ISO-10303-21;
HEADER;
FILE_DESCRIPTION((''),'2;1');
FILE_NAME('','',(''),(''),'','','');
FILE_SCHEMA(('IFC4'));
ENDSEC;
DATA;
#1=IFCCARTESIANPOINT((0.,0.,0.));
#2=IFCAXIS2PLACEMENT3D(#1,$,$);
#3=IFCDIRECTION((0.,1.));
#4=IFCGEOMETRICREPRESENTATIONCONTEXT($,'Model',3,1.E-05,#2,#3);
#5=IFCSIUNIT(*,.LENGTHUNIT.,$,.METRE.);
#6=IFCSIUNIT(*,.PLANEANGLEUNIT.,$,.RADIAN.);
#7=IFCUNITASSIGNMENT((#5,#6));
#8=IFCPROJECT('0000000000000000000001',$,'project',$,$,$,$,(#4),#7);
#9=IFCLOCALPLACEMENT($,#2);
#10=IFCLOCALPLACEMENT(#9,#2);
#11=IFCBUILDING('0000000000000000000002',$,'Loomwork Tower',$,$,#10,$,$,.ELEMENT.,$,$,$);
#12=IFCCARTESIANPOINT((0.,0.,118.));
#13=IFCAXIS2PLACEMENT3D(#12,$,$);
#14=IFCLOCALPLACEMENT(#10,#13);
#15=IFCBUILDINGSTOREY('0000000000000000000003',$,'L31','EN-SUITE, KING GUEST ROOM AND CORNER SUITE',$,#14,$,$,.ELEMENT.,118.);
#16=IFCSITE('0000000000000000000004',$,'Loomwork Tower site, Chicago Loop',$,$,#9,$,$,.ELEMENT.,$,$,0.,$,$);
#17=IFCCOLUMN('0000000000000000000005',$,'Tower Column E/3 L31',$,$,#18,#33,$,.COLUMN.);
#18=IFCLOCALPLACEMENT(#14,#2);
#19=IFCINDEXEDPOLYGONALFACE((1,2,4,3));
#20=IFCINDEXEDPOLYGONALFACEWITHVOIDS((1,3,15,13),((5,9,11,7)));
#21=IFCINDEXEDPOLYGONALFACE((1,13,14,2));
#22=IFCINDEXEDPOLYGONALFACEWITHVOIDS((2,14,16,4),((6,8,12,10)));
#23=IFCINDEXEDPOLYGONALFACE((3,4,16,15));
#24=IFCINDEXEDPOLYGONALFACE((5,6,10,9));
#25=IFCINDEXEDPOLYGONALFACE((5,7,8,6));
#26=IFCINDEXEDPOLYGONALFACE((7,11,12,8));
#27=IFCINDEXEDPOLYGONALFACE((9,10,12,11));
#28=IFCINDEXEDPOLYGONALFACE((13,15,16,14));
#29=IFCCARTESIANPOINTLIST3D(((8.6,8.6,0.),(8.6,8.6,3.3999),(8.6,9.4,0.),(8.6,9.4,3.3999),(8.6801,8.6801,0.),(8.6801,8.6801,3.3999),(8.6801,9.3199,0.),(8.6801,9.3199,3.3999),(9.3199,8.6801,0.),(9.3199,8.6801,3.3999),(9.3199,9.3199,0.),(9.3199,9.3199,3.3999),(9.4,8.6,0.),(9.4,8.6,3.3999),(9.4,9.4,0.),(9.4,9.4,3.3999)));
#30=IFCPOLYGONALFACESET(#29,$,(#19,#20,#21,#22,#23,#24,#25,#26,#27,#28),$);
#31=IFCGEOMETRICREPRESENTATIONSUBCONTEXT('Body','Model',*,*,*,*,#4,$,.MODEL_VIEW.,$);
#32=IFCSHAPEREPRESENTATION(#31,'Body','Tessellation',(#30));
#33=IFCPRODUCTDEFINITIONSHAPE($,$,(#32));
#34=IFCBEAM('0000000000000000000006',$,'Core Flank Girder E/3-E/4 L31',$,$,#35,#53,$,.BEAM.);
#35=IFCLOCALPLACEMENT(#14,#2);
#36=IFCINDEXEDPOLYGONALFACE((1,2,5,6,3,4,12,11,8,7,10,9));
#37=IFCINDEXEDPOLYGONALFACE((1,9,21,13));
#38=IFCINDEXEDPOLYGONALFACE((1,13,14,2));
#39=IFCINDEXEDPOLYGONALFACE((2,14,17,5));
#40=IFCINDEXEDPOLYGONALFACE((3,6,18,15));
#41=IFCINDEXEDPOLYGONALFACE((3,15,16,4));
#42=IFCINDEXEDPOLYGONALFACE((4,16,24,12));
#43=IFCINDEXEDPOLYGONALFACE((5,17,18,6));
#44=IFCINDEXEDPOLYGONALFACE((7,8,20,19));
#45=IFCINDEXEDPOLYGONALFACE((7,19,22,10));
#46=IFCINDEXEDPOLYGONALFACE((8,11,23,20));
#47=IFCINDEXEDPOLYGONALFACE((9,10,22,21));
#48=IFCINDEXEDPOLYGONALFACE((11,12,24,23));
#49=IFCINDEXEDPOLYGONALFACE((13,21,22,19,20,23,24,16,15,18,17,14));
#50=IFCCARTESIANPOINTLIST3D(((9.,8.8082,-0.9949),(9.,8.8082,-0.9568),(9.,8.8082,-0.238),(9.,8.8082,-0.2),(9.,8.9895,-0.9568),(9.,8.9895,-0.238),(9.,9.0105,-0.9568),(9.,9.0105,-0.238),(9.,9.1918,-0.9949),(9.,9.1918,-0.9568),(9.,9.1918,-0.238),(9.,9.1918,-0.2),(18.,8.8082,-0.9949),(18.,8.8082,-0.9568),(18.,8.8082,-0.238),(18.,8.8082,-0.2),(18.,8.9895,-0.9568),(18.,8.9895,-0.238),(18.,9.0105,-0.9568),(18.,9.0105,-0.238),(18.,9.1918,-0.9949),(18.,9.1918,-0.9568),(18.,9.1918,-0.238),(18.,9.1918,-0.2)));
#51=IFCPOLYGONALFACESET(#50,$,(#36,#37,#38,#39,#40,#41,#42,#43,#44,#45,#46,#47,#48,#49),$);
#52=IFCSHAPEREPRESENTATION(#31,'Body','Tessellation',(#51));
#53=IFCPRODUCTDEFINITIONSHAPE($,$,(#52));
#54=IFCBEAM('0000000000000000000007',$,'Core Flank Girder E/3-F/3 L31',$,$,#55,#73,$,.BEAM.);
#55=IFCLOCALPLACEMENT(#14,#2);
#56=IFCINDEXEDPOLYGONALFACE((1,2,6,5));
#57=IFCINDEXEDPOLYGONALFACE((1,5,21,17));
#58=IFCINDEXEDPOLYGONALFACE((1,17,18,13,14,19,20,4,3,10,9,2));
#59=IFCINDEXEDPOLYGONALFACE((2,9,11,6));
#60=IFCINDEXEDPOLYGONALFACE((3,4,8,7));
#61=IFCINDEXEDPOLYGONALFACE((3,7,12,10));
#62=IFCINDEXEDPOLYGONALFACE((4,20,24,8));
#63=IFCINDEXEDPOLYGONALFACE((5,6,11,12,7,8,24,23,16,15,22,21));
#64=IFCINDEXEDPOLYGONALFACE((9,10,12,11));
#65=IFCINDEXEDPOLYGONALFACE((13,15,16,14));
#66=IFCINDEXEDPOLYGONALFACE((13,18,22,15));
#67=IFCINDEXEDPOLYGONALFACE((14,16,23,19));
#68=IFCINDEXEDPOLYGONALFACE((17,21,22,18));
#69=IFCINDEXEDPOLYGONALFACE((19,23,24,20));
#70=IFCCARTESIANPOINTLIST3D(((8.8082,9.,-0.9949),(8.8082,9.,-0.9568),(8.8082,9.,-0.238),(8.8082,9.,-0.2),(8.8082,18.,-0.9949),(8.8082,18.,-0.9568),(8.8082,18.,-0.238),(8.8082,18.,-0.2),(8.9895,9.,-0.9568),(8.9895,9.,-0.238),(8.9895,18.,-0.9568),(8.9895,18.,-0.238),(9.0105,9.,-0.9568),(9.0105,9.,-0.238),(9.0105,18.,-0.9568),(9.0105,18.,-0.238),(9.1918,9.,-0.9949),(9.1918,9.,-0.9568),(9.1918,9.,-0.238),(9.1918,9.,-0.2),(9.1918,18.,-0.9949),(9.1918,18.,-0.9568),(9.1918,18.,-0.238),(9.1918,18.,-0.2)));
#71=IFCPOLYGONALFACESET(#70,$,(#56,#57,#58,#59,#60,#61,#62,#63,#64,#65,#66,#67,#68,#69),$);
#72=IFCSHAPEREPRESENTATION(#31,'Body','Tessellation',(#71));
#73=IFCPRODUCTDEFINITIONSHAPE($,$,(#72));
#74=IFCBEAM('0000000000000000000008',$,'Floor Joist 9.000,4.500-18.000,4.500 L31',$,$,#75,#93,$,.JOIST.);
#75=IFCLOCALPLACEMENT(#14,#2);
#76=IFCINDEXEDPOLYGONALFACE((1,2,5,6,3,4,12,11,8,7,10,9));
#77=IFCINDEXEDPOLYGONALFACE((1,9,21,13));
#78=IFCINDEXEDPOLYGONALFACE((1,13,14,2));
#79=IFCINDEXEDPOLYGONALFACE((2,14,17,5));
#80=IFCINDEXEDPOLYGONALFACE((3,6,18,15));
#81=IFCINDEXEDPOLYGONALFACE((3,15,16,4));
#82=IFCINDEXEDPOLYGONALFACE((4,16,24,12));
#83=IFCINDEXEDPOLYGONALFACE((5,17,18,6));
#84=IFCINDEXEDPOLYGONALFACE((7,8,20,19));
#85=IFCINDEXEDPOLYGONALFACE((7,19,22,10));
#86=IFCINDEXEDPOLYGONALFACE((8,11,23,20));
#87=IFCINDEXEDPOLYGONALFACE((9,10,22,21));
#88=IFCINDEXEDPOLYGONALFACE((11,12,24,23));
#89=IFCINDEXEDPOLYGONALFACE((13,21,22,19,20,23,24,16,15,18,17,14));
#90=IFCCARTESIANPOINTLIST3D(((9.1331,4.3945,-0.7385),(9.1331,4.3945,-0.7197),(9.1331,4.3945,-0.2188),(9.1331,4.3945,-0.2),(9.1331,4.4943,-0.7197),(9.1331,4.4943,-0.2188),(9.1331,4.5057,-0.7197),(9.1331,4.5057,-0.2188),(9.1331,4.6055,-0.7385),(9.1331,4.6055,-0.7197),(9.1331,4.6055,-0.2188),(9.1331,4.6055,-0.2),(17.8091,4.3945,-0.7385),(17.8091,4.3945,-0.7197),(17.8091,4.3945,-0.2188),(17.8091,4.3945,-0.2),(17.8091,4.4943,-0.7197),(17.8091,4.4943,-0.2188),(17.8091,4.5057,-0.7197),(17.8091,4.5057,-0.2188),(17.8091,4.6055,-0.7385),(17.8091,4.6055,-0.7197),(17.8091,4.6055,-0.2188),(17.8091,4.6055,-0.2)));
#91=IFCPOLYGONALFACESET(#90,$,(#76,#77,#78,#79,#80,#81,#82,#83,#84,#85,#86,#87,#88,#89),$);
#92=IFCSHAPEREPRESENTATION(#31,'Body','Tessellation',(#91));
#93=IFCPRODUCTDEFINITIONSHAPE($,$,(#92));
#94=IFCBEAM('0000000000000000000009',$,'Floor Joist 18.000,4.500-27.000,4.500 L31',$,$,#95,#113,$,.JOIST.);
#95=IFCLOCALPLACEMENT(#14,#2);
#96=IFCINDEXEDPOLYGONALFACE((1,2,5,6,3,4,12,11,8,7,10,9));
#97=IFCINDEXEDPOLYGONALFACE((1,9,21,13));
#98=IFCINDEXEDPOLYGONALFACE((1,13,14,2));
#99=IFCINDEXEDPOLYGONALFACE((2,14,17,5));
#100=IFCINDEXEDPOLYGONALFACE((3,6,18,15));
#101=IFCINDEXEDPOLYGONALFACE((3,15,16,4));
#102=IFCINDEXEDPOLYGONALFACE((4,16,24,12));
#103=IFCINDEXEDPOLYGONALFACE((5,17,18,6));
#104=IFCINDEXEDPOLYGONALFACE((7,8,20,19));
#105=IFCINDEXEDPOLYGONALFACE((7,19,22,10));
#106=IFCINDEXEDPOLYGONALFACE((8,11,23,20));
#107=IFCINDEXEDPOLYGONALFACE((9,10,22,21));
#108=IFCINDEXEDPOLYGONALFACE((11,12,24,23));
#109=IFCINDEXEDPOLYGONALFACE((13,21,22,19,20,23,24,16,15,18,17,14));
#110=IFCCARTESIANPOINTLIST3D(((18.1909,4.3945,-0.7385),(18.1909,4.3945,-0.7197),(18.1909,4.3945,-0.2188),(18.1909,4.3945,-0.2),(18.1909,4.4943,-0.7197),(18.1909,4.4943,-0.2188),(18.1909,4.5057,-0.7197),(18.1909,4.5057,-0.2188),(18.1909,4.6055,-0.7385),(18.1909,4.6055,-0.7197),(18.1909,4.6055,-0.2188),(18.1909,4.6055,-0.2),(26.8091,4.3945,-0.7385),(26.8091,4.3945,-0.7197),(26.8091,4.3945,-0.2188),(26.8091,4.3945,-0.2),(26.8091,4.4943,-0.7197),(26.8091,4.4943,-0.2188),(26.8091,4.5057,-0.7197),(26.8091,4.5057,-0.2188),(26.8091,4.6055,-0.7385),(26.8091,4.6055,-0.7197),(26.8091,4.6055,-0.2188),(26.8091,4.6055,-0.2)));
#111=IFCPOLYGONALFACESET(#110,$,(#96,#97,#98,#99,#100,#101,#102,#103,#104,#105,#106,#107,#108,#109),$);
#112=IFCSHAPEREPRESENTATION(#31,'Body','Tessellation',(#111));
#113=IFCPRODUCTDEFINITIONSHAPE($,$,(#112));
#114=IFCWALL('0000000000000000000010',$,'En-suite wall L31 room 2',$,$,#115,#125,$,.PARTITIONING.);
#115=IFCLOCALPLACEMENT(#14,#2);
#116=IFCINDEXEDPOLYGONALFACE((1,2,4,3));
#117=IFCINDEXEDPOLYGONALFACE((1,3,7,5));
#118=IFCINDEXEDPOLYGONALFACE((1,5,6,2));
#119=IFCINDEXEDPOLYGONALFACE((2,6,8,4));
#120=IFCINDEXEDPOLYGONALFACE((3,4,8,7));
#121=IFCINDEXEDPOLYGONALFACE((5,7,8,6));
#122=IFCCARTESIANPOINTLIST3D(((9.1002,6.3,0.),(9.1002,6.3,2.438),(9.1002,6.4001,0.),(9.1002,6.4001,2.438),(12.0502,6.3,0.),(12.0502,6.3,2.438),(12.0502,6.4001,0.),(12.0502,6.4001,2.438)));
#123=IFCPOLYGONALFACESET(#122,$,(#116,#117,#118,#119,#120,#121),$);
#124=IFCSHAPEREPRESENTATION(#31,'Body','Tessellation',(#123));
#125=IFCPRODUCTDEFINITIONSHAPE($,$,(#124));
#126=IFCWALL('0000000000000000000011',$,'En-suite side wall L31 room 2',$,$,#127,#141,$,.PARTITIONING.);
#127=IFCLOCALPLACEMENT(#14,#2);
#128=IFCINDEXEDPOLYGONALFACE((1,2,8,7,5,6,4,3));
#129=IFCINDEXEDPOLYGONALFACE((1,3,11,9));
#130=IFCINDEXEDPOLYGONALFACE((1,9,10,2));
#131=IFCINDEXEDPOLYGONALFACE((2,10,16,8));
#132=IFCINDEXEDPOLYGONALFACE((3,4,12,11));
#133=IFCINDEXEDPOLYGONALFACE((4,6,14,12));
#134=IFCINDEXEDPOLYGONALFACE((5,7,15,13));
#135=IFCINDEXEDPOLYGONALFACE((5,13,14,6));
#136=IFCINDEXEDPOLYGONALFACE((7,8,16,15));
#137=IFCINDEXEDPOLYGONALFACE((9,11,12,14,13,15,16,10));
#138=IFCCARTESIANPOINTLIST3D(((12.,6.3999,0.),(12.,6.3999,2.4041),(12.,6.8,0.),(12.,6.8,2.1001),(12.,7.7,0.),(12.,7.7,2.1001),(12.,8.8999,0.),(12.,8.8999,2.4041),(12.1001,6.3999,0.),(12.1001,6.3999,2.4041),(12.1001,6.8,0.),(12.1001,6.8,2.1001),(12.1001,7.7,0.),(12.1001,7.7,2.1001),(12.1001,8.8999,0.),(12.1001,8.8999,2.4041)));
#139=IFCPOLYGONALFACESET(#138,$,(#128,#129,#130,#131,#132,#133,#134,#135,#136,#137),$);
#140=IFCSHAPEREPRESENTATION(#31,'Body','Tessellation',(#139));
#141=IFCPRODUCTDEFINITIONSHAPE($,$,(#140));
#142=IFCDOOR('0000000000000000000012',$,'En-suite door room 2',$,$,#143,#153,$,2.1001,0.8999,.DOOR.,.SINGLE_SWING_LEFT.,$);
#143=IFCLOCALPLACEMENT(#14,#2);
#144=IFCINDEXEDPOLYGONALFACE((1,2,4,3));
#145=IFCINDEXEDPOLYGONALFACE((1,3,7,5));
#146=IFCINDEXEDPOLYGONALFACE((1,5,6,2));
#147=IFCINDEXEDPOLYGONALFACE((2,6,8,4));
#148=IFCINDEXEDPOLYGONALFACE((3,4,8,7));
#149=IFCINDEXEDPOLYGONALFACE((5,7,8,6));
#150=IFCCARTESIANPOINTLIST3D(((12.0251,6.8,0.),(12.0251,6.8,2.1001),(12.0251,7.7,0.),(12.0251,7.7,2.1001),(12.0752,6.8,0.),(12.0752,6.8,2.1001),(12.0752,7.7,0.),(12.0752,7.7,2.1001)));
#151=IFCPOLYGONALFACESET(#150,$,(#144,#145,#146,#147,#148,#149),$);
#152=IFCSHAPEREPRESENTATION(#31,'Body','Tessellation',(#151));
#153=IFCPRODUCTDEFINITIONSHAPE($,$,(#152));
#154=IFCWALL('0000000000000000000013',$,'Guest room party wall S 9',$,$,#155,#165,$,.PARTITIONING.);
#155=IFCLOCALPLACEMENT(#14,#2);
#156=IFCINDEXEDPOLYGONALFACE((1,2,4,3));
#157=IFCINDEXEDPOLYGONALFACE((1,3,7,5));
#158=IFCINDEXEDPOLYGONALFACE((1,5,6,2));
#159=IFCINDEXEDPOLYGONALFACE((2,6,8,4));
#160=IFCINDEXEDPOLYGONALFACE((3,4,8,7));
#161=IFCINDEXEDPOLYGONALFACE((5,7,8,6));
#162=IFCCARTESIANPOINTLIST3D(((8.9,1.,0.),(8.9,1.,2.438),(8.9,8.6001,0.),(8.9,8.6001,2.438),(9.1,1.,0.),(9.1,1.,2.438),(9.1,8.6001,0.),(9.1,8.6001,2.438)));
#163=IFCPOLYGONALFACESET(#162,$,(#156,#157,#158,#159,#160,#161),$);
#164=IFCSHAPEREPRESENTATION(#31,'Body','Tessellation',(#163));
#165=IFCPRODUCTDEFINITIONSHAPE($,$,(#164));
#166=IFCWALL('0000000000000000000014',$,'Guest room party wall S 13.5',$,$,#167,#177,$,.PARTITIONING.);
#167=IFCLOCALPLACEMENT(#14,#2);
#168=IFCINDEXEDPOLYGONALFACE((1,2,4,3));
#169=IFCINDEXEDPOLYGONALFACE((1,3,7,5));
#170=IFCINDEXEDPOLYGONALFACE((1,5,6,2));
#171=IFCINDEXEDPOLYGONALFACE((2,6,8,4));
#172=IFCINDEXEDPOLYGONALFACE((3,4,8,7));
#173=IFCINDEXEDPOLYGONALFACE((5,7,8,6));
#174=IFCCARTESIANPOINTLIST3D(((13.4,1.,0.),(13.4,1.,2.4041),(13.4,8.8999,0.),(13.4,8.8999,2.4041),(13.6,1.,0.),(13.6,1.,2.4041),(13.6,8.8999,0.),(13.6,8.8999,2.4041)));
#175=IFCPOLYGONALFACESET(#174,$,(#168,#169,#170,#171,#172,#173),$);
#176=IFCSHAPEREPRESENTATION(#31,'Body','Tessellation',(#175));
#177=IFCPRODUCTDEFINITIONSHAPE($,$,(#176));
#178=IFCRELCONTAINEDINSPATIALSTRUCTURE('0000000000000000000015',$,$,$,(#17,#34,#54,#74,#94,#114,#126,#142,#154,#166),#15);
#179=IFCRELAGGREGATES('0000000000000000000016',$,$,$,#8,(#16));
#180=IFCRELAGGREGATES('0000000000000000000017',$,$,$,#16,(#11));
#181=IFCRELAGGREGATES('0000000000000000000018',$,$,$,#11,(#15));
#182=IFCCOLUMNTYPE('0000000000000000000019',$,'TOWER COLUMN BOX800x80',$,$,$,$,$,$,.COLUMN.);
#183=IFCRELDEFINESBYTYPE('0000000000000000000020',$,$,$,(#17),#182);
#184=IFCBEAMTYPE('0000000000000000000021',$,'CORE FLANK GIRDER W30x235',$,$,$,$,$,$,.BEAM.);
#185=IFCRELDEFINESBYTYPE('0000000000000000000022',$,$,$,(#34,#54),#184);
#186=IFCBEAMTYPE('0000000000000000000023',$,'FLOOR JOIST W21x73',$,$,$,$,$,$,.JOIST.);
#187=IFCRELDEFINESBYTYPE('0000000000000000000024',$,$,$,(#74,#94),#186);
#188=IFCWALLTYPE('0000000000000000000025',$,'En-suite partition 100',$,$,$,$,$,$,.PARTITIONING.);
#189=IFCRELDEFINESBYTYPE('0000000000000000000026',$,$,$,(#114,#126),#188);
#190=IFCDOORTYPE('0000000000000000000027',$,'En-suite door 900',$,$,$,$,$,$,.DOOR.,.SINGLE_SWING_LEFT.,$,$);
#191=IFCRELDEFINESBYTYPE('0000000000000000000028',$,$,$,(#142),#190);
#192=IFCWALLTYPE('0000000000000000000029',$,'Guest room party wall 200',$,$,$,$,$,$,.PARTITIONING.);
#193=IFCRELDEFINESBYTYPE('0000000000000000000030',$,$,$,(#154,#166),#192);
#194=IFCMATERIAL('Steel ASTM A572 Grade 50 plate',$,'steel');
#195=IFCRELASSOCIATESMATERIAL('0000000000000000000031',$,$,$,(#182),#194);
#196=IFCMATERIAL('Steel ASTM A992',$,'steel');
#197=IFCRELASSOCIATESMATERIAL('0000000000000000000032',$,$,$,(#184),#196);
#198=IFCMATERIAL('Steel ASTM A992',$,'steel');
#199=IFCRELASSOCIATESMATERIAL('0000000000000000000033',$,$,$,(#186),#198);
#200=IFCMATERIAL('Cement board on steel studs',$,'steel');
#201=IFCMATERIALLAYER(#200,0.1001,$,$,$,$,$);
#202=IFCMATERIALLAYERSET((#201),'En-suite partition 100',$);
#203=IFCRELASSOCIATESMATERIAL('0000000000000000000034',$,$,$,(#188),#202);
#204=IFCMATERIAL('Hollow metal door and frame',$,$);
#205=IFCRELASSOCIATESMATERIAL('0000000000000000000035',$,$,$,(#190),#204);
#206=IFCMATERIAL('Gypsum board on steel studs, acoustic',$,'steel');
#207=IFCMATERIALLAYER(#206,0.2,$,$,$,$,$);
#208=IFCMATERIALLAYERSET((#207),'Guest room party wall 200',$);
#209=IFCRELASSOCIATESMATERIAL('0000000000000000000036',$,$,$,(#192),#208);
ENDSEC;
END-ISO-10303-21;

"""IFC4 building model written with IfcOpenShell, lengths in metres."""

from ifc_helpers import new_model, si_unit, direction, frame, frame_2d, origin, origin_2d, place, context, subcontext, project, spatial, rectangle, hollow_rectangle, i_section, extrude, material, layer, layer_set, material_profile, profile_set, type_object, element, fill, save


model = new_model("IFC4")

# Units and contexts
model_context = context("Model", 3, precision=1e-05, world=origin(), true_north=direction((0.0, 1.0)))
body_context = subcontext(model_context, "Body", "Model", "MODEL_VIEW")
ifc_project = project(units=[si_unit("LENGTHUNIT", "METRE"), si_unit("PLANEANGLEUNIT", "RADIAN")], contexts=[model_context])

# Site, building, storey
site_placement = place(None, origin())
site = spatial("IfcSite", under=ifc_project, at=site_placement, Name="Loomwork Tower site, Chicago Loop", CompositionType="ELEMENT", RefElevation=0.0)
building_placement = place(site_placement, origin())
building = spatial("IfcBuilding", under=site, at=building_placement, Name="Loomwork Tower", CompositionType="ELEMENT")
storey_placement = place(building_placement, frame((0.0, 0.0, 118.0)))
storey = spatial("IfcBuildingStorey", under=building, at=storey_placement, Name="L31", Description="EN-SUITE, KING GUEST ROOM AND CORNER SUITE", CompositionType="ELEMENT", Elevation=118.0)

# Column
ifc_material_1 = material(Name="Steel ASTM A572 Grade 50 plate", Category="steel")
ifc_material_profile_1 = material_profile(ifc_material_1, hollow_rectangle(XDim=0.8, YDim=0.8, WallThickness=0.0801, at=origin_2d()), Name="BOX800x80")
ifc_profile_set_1 = profile_set([ifc_material_profile_1], Name="Steel ASTM A572 Grade 50 plate")
column_type = type_object("IfcColumnType", Name="TOWER COLUMN BOX800x80", PredefinedType="COLUMN", material=ifc_profile_set_1)
column_placement = place(storey_placement, frame((9.0, 9.0, 0.0), z_axis=(0.0, 0.0, 1.0), x_axis=(1.0, 0.0, 0.0)))
element("IfcColumn", 1, at=column_placement, inside=storey, type_object=column_type, Name="Tower Column E/3 L31", PredefinedType="COLUMN", context=body_context, shape_type="SweptSolid", body=[
    extrude(hollow_rectangle(XDim=0.8, YDim=0.8, WallThickness=0.0801, at=origin_2d()), origin(), (0.0, 0.0, 1.0), 3.3999),
])

# Beams
ifc_material_2 = material(Name="Steel ASTM A992", Category="steel")
ifc_material_profile_2 = material_profile(ifc_material_2, i_section(OverallWidth=0.3835, OverallDepth=0.7949, WebThickness=0.021, FlangeThickness=0.0381, at=origin_2d()), Name="W30x235")
ifc_profile_set_2 = profile_set([ifc_material_profile_2], Name="Steel ASTM A992")
beam_type_1 = type_object("IfcBeamType", Name="CORE FLANK GIRDER W30x235", PredefinedType="BEAM", material=ifc_profile_set_2)
for number, where, z_axis, x_axis, name in (
    (2, (9.0, 9.0, -0.5974), (1.0, 0.0, 0.0), (0.0, 1.0, 0.0), "Core Flank Girder E/3-E/4 L31"),
    (3, (9.0, 9.0, -0.5974), (0.0, 1.0, 0.0), (-1.0, 0.0, 0.0), "Core Flank Girder E/3-F/3 L31"),
):
    element("IfcBeam", number, at=place(storey_placement, frame(where, z_axis=z_axis, x_axis=x_axis)), inside=storey, type_object=beam_type_1, Name=name, PredefinedType="BEAM", context=body_context, shape_type="SweptSolid", body=[
        extrude(i_section(OverallWidth=0.3835, OverallDepth=0.7949, WebThickness=0.021, FlangeThickness=0.0381, at=origin_2d()), origin(), (0.0, 0.0, 1.0), 9.0),
    ])
ifc_material_3 = material(Name="Steel ASTM A992", Category="steel")
ifc_material_profile_3 = material_profile(ifc_material_3, i_section(OverallWidth=0.2109, OverallDepth=0.5386, WebThickness=0.0115, FlangeThickness=0.0188, at=origin_2d()), Name="W21x73")
ifc_profile_set_3 = profile_set([ifc_material_profile_3], Name="Steel ASTM A992")
beam_type_2 = type_object("IfcBeamType", Name="FLOOR JOIST W21x73", PredefinedType="JOIST", material=ifc_profile_set_3)
beam_1_placement = place(storey_placement, frame((9.1331, 4.5, -0.4692), z_axis=(1.0, 0.0, 0.0), x_axis=(0.0, 1.0, 0.0)))
element("IfcBeam", 4, at=beam_1_placement, inside=storey, type_object=beam_type_2, Name="Floor Joist 9.000,4.500-18.000,4.500 L31", PredefinedType="JOIST", context=body_context, shape_type="SweptSolid", body=[
    extrude(i_section(OverallWidth=0.2109, OverallDepth=0.5386, WebThickness=0.0115, FlangeThickness=0.0188, at=origin_2d()), origin(), (0.0, 0.0, 1.0), 8.676),
])
beam_2_placement = place(storey_placement, frame((18.1909, 4.5, -0.4692), z_axis=(1.0, 0.0, 0.0), x_axis=(0.0, 1.0, 0.0)))
element("IfcBeam", 5, at=beam_2_placement, inside=storey, type_object=beam_type_2, Name="Floor Joist 18.000,4.500-27.000,4.500 L31", PredefinedType="JOIST", context=body_context, shape_type="SweptSolid", body=[
    extrude(i_section(OverallWidth=0.2109, OverallDepth=0.5386, WebThickness=0.0115, FlangeThickness=0.0188, at=origin_2d()), origin(), (0.0, 0.0, 1.0), 8.6182),
])

# Wall
ifc_material_4 = material(Name="Cement board on steel studs", Category="steel")
ifc_layer_1 = layer(ifc_material_4, 0.1001)
ifc_layer_set_1 = layer_set([ifc_layer_1], Name="En-suite partition 100")
wall_type_1 = type_object("IfcWallType", Name="En-suite partition 100", PredefinedType="PARTITIONING", material=ifc_layer_set_1)
wall_1_placement = place(storey_placement, frame((9.1001, 6.3501, 0.0), z_axis=(0.0, 0.0, 1.0), x_axis=(1.0, 0.0, 0.0)))
element("IfcWall", 6, at=wall_1_placement, inside=storey, type_object=wall_type_1, Name="En-suite wall L31 room 2", PredefinedType="PARTITIONING", context=body_context, shape_type="SweptSolid", body=[
    extrude(rectangle(XDim=2.95, YDim=0.1001, at=frame_2d((1.4751, 0.0))), origin(), (0.0, 0.0, 1.0), 2.438),
])

# Wall, opening, door
wall_2_placement = place(storey_placement, frame((12.05, 8.8999, 0.0), z_axis=(0.0, 0.0, 1.0), x_axis=(0.0, -1.0, 0.0)))
wall_2 = element("IfcWall", 7, at=wall_2_placement, inside=storey, type_object=wall_type_1, Name="En-suite side wall L31 room 2", PredefinedType="PARTITIONING", context=body_context, shape_type="SweptSolid", body=[
    extrude(rectangle(XDim=2.5, YDim=0.1001, at=frame_2d((1.25, 0.0))), origin(), (0.0, 0.0, 1.0), 2.4041),
])
opening_placement = place(wall_2_placement, frame((1.2, 0.0, 0.0)))
opening = element("IfcOpeningElement", 8, at=opening_placement, cuts=wall_2, PredefinedType="OPENING", context=body_context, shape_type="SweptSolid", body=[
    extrude(rectangle(XDim=0.8999, YDim=2.1001, at=frame_2d((0.45, 1.05))), frame((0.0, 0.0601, 0.0), z_axis=(0.0, -1.0, 0.0), x_axis=(1.0, 0.0, 0.0)), (0.0, 0.0, 1.0), 0.1201),
])
ifc_material_5 = material(Name="Hollow metal door and frame")
door_type = type_object("IfcDoorType", Name="En-suite door 900", OperationType="SINGLE_SWING_LEFT", PredefinedType="DOOR", material=ifc_material_5)
door_placement = place(opening_placement, frame((0.8999, 0.0, 0.0), z_axis=(0.0, 0.0, 1.0), x_axis=(-1.0, 0.0, 0.0)))
door = element("IfcDoor", 9, at=door_placement, inside=storey, type_object=door_type, Name="En-suite door room 2", OperationType="SINGLE_SWING_LEFT", OverallHeight=2.1001, OverallWidth=0.8999, PredefinedType="DOOR", context=body_context, shape_type="SweptSolid", body=[
    extrude(rectangle(XDim=0.8999, YDim=2.1001, at=frame_2d((0.45, 1.05))), frame((0.0, 0.0249, 0.0), z_axis=(0.0, -1.0, 0.0), x_axis=(1.0, 0.0, 0.0)), (0.0, 0.0, 1.0), 0.05),
])
fill(opening, door)

# Walls
ifc_material_6 = material(Name="Gypsum board on steel studs, acoustic", Category="steel")
ifc_layer_2 = layer(ifc_material_6, 0.2)
ifc_layer_set_2 = layer_set([ifc_layer_2], Name="Guest room party wall 200")
wall_type_2 = type_object("IfcWallType", Name="Guest room party wall 200", PredefinedType="PARTITIONING", material=ifc_layer_set_2)
wall_3_placement = place(storey_placement, frame((9.0, 8.6001, 0.0), z_axis=(0.0, 0.0, 1.0), x_axis=(0.0, -1.0, 0.0)))
element("IfcWall", 10, at=wall_3_placement, inside=storey, type_object=wall_type_2, Name="Guest room party wall S 9", PredefinedType="PARTITIONING", context=body_context, shape_type="SweptSolid", body=[
    extrude(rectangle(XDim=7.6001, YDim=0.2, at=frame_2d((3.8, 0.0))), origin(), (0.0, 0.0, 1.0), 2.438),
])
wall_4_placement = place(storey_placement, frame((13.5, 8.8999, 0.0), z_axis=(0.0, 0.0, 1.0), x_axis=(0.0, -1.0, 0.0)))
element("IfcWall", 11, at=wall_4_placement, inside=storey, type_object=wall_type_2, Name="Guest room party wall S 13.5", PredefinedType="PARTITIONING", context=body_context, shape_type="SweptSolid", body=[
    extrude(rectangle(XDim=7.8999, YDim=0.2, at=frame_2d((3.95, 0.0))), origin(), (0.0, 0.0, 1.0), 2.4041),
])

save(model, "model.ifc")
